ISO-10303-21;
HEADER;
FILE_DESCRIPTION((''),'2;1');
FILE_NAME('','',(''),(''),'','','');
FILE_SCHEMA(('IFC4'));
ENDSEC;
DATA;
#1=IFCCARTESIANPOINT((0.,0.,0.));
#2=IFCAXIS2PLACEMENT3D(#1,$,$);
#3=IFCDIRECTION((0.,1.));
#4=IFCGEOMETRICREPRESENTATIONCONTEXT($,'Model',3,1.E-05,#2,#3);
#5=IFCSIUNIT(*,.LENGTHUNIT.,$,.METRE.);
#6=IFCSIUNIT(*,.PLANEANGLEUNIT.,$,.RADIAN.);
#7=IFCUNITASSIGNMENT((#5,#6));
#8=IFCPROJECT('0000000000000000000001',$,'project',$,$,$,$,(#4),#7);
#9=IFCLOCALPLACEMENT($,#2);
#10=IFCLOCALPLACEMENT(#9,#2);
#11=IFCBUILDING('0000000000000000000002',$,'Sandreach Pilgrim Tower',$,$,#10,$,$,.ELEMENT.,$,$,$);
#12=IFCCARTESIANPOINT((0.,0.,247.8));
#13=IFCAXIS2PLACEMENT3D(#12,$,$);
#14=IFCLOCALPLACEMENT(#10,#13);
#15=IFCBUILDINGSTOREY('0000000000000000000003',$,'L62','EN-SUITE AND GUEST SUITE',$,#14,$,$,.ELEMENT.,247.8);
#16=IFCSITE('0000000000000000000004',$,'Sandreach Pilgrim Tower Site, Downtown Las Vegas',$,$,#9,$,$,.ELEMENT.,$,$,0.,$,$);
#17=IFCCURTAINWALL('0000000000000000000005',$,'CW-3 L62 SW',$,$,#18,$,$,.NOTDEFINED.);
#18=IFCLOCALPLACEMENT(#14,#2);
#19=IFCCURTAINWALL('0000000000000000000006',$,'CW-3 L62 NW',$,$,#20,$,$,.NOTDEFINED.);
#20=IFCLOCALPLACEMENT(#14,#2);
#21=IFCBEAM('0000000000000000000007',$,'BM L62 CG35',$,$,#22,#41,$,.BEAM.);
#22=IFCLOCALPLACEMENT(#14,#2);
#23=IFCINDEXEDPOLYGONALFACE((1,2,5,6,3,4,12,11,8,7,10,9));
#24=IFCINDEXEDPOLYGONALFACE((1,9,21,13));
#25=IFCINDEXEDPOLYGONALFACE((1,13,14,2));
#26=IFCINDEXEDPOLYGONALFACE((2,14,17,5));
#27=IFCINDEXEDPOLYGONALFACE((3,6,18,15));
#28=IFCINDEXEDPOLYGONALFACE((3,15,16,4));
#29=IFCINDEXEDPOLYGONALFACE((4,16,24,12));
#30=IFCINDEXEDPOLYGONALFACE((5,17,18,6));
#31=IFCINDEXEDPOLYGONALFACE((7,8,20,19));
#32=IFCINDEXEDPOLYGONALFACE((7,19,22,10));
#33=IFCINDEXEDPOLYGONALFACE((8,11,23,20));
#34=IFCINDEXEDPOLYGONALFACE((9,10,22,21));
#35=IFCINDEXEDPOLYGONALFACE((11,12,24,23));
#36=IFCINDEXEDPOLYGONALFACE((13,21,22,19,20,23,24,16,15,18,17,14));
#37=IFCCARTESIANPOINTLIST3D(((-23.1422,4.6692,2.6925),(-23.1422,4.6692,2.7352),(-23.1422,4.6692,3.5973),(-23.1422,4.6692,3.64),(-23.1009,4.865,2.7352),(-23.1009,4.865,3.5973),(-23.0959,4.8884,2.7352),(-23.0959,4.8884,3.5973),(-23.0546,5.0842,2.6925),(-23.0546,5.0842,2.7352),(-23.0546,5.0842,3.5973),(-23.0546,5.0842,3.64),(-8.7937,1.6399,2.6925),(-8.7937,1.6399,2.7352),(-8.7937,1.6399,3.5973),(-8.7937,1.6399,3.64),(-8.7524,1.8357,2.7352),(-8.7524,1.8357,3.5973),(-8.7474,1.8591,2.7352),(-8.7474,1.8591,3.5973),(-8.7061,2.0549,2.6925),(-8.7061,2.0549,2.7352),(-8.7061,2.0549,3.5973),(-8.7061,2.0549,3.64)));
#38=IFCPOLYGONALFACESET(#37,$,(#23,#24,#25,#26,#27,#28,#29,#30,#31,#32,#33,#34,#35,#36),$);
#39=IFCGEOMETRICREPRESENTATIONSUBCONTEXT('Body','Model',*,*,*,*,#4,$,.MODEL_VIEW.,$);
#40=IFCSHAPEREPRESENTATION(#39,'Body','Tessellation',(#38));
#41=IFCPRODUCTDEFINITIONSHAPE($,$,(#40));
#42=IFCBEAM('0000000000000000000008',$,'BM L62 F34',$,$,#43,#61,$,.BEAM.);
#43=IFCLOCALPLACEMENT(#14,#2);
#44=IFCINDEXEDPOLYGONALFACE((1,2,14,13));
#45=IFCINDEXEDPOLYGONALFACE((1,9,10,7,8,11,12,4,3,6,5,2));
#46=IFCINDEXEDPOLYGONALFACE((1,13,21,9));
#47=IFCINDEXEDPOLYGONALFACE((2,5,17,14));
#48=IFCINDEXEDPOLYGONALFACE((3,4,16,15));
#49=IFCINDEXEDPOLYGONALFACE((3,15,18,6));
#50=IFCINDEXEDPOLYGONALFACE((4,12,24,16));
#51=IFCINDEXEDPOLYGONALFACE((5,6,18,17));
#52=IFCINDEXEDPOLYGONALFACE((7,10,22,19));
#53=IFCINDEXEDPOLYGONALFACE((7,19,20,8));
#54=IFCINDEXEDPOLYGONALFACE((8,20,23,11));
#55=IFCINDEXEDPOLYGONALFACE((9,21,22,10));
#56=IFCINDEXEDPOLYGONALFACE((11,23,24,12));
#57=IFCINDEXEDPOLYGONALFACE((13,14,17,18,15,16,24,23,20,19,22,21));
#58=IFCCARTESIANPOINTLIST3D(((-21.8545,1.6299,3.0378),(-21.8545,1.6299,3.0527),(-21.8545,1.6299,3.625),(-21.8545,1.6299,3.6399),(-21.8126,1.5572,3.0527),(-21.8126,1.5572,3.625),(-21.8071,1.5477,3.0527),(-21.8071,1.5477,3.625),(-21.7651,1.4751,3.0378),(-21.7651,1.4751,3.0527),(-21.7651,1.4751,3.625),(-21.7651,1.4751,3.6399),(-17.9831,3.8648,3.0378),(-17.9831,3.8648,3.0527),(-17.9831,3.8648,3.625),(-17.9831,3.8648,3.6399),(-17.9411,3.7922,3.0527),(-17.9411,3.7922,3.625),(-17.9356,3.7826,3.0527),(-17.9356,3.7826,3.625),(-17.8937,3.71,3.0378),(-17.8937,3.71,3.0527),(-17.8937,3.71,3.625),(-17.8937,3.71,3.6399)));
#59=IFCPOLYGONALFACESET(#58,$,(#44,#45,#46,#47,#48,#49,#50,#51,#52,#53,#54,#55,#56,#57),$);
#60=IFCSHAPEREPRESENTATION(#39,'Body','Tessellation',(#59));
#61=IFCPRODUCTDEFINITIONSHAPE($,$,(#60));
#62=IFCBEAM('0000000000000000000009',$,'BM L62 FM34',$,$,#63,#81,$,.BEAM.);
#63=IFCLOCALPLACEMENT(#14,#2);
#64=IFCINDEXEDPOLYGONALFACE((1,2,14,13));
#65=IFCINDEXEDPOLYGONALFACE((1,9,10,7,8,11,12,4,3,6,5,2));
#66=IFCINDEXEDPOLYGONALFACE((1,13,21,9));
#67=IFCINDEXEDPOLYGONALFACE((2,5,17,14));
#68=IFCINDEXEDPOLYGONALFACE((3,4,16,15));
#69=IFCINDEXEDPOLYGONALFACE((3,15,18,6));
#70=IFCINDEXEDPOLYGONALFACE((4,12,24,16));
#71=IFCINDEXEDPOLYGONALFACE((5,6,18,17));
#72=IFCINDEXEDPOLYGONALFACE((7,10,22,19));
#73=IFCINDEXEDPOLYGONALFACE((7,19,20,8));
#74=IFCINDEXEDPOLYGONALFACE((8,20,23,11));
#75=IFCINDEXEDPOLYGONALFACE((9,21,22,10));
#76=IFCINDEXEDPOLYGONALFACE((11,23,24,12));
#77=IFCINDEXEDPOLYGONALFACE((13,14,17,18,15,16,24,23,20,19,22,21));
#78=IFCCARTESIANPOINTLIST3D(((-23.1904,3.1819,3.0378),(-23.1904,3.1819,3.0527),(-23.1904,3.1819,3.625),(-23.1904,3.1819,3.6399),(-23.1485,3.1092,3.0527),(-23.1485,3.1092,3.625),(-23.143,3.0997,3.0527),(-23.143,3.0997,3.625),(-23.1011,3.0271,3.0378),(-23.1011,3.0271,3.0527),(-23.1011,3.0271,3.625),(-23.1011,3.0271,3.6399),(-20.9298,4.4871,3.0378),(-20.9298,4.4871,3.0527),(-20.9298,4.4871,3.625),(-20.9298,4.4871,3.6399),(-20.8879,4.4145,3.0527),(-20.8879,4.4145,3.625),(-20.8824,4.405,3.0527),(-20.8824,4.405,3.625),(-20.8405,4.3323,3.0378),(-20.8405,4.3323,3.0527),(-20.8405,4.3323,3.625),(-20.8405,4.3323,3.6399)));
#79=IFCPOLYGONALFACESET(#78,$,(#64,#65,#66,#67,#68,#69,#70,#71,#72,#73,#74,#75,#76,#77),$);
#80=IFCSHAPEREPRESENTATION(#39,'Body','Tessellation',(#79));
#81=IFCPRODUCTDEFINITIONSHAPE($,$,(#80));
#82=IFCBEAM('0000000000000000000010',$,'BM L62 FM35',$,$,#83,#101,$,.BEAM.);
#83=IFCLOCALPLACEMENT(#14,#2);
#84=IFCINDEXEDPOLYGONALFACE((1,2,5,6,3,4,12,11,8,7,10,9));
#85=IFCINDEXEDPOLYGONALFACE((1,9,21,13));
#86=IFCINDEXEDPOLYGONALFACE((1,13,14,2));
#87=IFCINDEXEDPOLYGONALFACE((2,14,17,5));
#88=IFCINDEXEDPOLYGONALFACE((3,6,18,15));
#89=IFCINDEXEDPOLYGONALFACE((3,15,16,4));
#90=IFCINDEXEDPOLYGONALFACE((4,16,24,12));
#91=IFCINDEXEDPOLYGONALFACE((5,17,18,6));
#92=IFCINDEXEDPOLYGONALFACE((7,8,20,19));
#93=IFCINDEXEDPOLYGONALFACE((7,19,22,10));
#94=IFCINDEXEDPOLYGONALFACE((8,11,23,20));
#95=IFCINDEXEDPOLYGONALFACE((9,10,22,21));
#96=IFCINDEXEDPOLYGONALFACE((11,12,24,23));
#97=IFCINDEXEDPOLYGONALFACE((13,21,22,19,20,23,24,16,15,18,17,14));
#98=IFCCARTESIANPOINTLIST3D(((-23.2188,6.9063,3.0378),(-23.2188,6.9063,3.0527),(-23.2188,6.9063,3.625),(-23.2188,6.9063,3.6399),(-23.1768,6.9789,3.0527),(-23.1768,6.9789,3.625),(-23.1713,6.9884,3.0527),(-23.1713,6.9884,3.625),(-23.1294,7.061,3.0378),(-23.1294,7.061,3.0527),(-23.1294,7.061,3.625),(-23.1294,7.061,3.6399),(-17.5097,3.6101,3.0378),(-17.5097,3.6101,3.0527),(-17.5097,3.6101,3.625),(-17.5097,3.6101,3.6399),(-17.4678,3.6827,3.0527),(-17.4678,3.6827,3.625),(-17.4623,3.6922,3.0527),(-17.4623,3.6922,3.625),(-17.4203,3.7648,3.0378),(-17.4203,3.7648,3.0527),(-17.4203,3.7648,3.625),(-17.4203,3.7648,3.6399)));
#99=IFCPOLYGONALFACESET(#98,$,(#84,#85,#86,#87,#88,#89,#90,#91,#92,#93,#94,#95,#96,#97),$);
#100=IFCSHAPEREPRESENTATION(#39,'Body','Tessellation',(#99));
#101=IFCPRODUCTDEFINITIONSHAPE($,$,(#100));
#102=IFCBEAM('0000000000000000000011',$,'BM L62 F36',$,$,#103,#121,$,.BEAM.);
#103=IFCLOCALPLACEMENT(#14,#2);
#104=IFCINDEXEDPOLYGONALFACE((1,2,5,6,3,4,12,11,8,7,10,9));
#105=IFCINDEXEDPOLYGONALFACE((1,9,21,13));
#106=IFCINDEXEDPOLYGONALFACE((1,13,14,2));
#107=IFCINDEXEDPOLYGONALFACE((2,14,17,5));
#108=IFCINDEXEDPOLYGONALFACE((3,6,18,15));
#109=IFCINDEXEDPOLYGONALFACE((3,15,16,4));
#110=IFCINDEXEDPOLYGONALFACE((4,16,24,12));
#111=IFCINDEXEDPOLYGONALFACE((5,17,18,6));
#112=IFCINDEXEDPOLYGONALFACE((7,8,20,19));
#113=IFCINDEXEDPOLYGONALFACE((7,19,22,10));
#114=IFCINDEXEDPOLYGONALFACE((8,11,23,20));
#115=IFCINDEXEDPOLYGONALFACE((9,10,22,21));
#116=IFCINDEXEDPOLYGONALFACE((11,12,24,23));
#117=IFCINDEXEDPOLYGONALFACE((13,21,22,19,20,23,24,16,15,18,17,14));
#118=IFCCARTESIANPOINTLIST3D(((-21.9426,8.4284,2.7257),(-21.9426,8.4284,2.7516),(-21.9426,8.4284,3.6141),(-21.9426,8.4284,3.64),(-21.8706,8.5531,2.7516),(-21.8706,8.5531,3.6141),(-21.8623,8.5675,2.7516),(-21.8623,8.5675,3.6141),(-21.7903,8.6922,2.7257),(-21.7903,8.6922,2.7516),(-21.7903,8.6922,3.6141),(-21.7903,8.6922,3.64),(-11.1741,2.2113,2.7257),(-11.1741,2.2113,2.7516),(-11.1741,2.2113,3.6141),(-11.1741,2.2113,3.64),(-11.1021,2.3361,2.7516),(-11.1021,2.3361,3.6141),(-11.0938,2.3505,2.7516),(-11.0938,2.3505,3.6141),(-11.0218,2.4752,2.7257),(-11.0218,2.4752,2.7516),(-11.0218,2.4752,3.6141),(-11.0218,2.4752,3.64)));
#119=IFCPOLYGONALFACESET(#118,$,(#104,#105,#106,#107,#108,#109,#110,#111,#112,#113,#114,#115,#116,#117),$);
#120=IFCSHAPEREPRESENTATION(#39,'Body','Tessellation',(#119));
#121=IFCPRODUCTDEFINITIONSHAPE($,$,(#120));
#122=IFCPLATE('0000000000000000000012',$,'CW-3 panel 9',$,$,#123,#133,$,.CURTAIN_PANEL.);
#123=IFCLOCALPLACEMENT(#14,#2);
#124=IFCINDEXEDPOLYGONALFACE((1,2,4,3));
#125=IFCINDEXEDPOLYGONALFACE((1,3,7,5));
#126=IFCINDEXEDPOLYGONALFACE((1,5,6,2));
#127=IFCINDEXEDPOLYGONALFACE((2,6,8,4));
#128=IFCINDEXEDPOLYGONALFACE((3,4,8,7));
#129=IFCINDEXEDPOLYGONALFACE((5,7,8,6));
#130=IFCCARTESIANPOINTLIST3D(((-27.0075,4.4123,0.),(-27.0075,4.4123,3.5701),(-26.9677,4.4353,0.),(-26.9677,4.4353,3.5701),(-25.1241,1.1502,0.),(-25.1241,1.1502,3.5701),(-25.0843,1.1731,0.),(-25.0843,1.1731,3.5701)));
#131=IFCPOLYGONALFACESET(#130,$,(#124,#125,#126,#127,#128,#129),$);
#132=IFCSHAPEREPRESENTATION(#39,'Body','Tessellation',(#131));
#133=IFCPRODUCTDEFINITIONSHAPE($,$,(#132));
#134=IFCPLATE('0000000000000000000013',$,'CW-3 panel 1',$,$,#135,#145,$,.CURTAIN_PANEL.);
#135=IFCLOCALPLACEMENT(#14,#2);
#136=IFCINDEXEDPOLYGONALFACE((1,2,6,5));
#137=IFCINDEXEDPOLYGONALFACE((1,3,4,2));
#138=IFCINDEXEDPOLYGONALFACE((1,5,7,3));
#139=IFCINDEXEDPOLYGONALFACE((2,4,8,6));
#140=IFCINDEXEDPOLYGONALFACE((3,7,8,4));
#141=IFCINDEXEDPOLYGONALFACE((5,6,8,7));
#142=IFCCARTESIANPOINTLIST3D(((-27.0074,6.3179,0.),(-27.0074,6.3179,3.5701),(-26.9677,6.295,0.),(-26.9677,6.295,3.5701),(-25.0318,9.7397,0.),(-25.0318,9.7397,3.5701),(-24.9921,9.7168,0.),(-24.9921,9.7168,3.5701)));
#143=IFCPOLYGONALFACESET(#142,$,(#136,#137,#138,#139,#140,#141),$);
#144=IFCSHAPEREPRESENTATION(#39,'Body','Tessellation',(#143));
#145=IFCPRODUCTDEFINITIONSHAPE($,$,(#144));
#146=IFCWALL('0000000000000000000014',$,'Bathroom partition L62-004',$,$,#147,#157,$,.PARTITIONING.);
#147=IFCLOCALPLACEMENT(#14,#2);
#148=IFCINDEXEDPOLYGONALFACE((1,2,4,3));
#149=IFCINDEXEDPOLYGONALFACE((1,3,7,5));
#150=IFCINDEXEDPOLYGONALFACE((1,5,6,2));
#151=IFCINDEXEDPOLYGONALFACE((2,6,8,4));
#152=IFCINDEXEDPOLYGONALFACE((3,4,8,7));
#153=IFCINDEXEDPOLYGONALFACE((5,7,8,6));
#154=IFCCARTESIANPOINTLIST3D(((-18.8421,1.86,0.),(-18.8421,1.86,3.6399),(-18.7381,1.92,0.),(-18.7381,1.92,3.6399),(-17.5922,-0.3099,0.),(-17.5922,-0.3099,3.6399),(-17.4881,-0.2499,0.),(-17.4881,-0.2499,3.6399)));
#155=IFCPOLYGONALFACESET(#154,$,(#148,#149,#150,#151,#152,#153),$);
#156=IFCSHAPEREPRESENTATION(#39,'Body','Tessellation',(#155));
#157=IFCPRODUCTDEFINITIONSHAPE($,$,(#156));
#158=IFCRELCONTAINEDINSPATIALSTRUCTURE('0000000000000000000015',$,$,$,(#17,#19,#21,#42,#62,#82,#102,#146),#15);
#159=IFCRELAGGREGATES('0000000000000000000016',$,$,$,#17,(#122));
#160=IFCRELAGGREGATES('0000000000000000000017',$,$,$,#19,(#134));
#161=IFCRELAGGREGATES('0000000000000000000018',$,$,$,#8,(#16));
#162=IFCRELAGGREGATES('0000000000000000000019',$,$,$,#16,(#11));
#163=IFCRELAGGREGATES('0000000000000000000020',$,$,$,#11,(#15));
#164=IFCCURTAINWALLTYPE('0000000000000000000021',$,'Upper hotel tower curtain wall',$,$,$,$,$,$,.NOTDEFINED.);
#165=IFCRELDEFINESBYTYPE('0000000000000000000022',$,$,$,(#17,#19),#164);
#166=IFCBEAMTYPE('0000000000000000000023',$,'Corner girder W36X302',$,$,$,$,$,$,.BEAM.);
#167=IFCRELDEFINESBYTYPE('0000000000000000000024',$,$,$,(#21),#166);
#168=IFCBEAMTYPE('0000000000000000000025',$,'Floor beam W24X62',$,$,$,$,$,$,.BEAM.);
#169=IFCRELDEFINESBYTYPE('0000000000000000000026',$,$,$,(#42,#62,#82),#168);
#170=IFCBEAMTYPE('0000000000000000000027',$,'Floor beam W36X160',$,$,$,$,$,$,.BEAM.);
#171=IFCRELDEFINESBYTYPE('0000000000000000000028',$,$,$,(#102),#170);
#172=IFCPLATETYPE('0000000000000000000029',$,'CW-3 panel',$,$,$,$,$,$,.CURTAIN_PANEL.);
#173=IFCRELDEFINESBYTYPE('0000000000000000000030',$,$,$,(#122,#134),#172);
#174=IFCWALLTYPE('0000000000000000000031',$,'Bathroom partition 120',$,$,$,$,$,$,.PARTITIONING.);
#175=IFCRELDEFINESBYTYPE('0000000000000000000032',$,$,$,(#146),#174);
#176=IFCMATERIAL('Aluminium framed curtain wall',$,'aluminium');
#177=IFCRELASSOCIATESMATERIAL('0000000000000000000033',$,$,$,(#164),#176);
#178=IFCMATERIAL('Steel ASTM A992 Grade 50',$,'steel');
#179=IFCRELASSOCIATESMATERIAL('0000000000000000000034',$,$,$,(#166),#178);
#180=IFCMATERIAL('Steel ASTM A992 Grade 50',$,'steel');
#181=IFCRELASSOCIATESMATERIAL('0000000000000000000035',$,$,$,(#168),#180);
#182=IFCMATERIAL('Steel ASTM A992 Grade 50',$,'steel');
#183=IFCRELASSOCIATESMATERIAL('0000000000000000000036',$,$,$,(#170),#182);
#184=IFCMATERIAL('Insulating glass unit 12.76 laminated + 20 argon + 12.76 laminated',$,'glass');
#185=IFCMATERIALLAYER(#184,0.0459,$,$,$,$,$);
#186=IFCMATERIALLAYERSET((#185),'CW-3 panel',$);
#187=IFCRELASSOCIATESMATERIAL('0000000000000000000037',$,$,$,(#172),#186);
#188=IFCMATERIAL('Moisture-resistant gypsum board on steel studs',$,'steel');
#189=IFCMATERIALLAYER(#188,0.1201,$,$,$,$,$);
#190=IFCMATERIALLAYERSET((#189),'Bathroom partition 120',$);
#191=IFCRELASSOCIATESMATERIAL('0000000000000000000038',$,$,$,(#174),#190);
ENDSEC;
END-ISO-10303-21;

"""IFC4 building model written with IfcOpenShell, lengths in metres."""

from ifc_helpers import new_model, si_unit, direction, frame, frame_2d, origin, origin_2d, place, context, subcontext, project, spatial, rectangle, i_section, extrude, material, layer, layer_set, material_profile, profile_set, type_object, element, aggregate, save


model = new_model("IFC4")

# Units and contexts
model_context = context("Model", 3, precision=1e-05, world=origin(), true_north=direction((0.0, 1.0)))
body_context = subcontext(model_context, "Body", "Model", "MODEL_VIEW")
ifc_project = project(units=[si_unit("LENGTHUNIT", "METRE"), si_unit("PLANEANGLEUNIT", "RADIAN")], contexts=[model_context])

# Site, building, storey
site_placement = place(None, origin())
site = spatial("IfcSite", under=ifc_project, at=site_placement, Name="Sandreach Pilgrim Tower Site, Downtown Las Vegas", CompositionType="ELEMENT", RefElevation=0.0)
building_placement = place(site_placement, origin())
building = spatial("IfcBuilding", under=site, at=building_placement, Name="Sandreach Pilgrim Tower", CompositionType="ELEMENT")
storey_placement = place(building_placement, frame((0.0, 0.0, 247.8)))
storey = spatial("IfcBuildingStorey", under=building, at=storey_placement, Name="L62", Description="EN-SUITE AND GUEST SUITE", CompositionType="ELEMENT", Elevation=247.8)

# Curtain wall
ifc_material_1 = material(Name="Aluminium framed curtain wall", Category="aluminium")
curtain_wall_type = type_object("IfcCurtainWallType", Name="Upper hotel tower curtain wall", PredefinedType="NOTDEFINED", material=ifc_material_1)
curtain_wall_1_placement = place(storey_placement, origin())
curtain_wall_1 = element("IfcCurtainWall", 1, at=curtain_wall_1_placement, inside=storey, type_object=curtain_wall_type, Name="CW-3 L62 SW", PredefinedType="NOTDEFINED")

# Curtain wall
curtain_wall_2_placement = place(storey_placement, origin())
curtain_wall_2 = element("IfcCurtainWall", 2, at=curtain_wall_2_placement, inside=storey, type_object=curtain_wall_type, Name="CW-3 L62 NW", PredefinedType="NOTDEFINED")

# Beams
ifc_material_2 = material(Name="Steel ASTM A992 Grade 50", Category="steel")
ifc_material_profile_1 = material_profile(ifc_material_2, i_section(OverallWidth=0.4241, OverallDepth=0.9475, WebThickness=0.0239, FlangeThickness=0.0427, at=origin_2d()), Name="W36X302")
ifc_profile_set_1 = profile_set([ifc_material_profile_1], Name="Steel ASTM A992 Grade 50")
beam_type_1 = type_object("IfcBeamType", Name="Corner girder W36X302", PredefinedType="BEAM", material=ifc_profile_set_1)
beam_1_placement = place(storey_placement, frame((-23.0984, 4.8767, 3.1663), z_axis=(0.978432, -0.206571, 0.0), x_axis=(0.206571, 0.978432, 0.0)))
element("IfcBeam", 3, at=beam_1_placement, inside=storey, type_object=beam_type_1, Name="BM L62 CG35", PredefinedType="BEAM", context=body_context, shape_type="SweptSolid", body=[
    extrude(i_section(OverallWidth=0.4241, OverallDepth=0.9475, WebThickness=0.0239, FlangeThickness=0.0427, at=origin_2d()), origin(), (0.0, 0.0, 1.0), 14.6648),
])
ifc_material_3 = material(Name="Steel ASTM A992 Grade 50", Category="steel")
ifc_material_profile_2 = material_profile(ifc_material_3, i_section(OverallWidth=0.1787, OverallDepth=0.6021, WebThickness=0.011, FlangeThickness=0.0149, at=origin_2d()), Name="W24X62")
ifc_profile_set_2 = profile_set([ifc_material_profile_2], Name="Steel ASTM A992 Grade 50")
beam_type_2 = type_object("IfcBeamType", Name="Floor beam W24X62", PredefinedType="BEAM", material=ifc_profile_set_2)
beam_2_placement = place(storey_placement, frame((-21.8098, 1.5525, 3.3389), z_axis=(0.86605, 0.499957, 0.0), x_axis=(-0.499957, 0.86605, 0.0)))
element("IfcBeam", 4, at=beam_2_placement, inside=storey, type_object=beam_type_2, Name="BM L62 F34", PredefinedType="BEAM", context=body_context, shape_type="SweptSolid", body=[
    extrude(i_section(OverallWidth=0.1787, OverallDepth=0.6021, WebThickness=0.011, FlangeThickness=0.0149, at=origin_2d()), origin(), (0.0, 0.0, 1.0), 4.4702),
])
beam_3_placement = place(storey_placement, frame((-23.1458, 3.1045, 3.3389), z_axis=(0.866013, 0.500022, 0.0), x_axis=(-0.500022, 0.866013, 0.0)))
element("IfcBeam", 5, at=beam_3_placement, inside=storey, type_object=beam_type_2, Name="BM L62 FM34", PredefinedType="BEAM", context=body_context, shape_type="SweptSolid", body=[
    extrude(i_section(OverallWidth=0.1787, OverallDepth=0.6021, WebThickness=0.011, FlangeThickness=0.0149, at=origin_2d()), origin(), (0.0, 0.0, 1.0), 2.6104),
])
beam_4_placement = place(storey_placement, frame((-23.1741, 6.9836, 3.3389), z_axis=(0.866022, -0.500007, 0.0), x_axis=(0.500007, 0.866022, 0.0)))
element("IfcBeam", 6, at=beam_4_placement, inside=storey, type_object=beam_type_2, Name="BM L62 FM35", PredefinedType="BEAM", context=body_context, shape_type="SweptSolid", body=[
    extrude(i_section(OverallWidth=0.1787, OverallDepth=0.6021, WebThickness=0.011, FlangeThickness=0.0149, at=origin_2d()), origin(), (0.0, 0.0, 1.0), 6.5923),
])
ifc_material_4 = material(Name="Steel ASTM A992 Grade 50", Category="steel")
ifc_material_profile_3 = material_profile(ifc_material_4, i_section(OverallWidth=0.3047, OverallDepth=0.9143, WebThickness=0.0166, FlangeThickness=0.0259, at=origin_2d()), Name="W36X160")
ifc_profile_set_3 = profile_set([ifc_material_profile_3], Name="Steel ASTM A992 Grade 50")
beam_type_3 = type_object("IfcBeamType", Name="Floor beam W36X160", PredefinedType="BEAM", material=ifc_profile_set_3)
beam_5_placement = place(storey_placement, frame((-21.8665, 8.5603, 3.1829), z_axis=(0.866032, -0.499989, 0.0), x_axis=(0.499989, 0.866032, 0.0)))
element("IfcBeam", 7, at=beam_5_placement, inside=storey, type_object=beam_type_3, Name="BM L62 F36", PredefinedType="BEAM", context=body_context, shape_type="SweptSolid", body=[
    extrude(i_section(OverallWidth=0.3047, OverallDepth=0.9143, WebThickness=0.0166, FlangeThickness=0.0259, at=origin_2d()), origin(), (0.0, 0.0, 1.0), 12.4343),
])

# Plates
ifc_material_5 = material(Name="Insulating glass unit 12.76 laminated + 20 argon + 12.76 laminated", Category="glass")
ifc_layer_1 = layer(ifc_material_5, 0.0459)
ifc_layer_set_1 = layer_set([ifc_layer_1], Name="CW-3 panel")
plate_type = type_object("IfcPlateType", Name="CW-3 panel", PredefinedType="CURTAIN_PANEL", material=ifc_layer_set_1)
plate_1_placement = place(storey_placement, frame((-26.0459, 2.7927, 0.0), z_axis=(0.0, 0.0, 1.0), x_axis=(-0.5, 0.866025, 0.0)))
plate_1 = element("IfcPlate", 8, at=plate_1_placement, type_object=plate_type, Name="CW-3 panel 9", PredefinedType="CURTAIN_PANEL", context=body_context, shape_type="SweptSolid", body=[
    extrude(rectangle(XDim=3.7668, YDim=0.0459, at=origin_2d()), origin(), (0.0, 0.0, 1.0), 3.5701),
])
aggregate(curtain_wall_1, [plate_1])
plate_2_placement = place(storey_placement, frame((-25.9998, 8.0173, 0.0), z_axis=(0.0, 0.0, 1.0), x_axis=(0.5, 0.866025, 0.0)))
plate_2 = element("IfcPlate", 9, at=plate_2_placement, type_object=plate_type, Name="CW-3 panel 1", PredefinedType="CURTAIN_PANEL", context=body_context, shape_type="SweptSolid", body=[
    extrude(rectangle(XDim=3.9512, YDim=0.0459, at=origin_2d()), origin(), (0.0, 0.0, 1.0), 3.5701),
])
aggregate(curtain_wall_2, [plate_2])

# Wall
ifc_material_6 = material(Name="Moisture-resistant gypsum board on steel studs", Category="steel")
ifc_layer_2 = layer(ifc_material_6, 0.1201)
ifc_layer_set_2 = layer_set([ifc_layer_2], Name="Bathroom partition 120")
wall_type_1 = type_object("IfcWallType", Name="Bathroom partition 120", PredefinedType="PARTITIONING", material=ifc_layer_set_2)
wall_1_placement = place(storey_placement, frame((-18.79, 1.8899, 0.0), z_axis=(0.0, 0.0, 1.0), x_axis=(0.49916, -0.86651, 0.0)))
element("IfcWall", 10, at=wall_1_placement, inside=storey, type_object=wall_type_1, Name="Bathroom partition L62-004", PredefinedType="PARTITIONING", context=body_context, shape_type="SweptSolid", body=[
    extrude(rectangle(XDim=2.5042, YDim=0.1201, at=frame_2d((1.252, 0.0))), origin(), (0.0, 0.0, 1.0), 3.6399),
])

save(model, "model.ifc")
